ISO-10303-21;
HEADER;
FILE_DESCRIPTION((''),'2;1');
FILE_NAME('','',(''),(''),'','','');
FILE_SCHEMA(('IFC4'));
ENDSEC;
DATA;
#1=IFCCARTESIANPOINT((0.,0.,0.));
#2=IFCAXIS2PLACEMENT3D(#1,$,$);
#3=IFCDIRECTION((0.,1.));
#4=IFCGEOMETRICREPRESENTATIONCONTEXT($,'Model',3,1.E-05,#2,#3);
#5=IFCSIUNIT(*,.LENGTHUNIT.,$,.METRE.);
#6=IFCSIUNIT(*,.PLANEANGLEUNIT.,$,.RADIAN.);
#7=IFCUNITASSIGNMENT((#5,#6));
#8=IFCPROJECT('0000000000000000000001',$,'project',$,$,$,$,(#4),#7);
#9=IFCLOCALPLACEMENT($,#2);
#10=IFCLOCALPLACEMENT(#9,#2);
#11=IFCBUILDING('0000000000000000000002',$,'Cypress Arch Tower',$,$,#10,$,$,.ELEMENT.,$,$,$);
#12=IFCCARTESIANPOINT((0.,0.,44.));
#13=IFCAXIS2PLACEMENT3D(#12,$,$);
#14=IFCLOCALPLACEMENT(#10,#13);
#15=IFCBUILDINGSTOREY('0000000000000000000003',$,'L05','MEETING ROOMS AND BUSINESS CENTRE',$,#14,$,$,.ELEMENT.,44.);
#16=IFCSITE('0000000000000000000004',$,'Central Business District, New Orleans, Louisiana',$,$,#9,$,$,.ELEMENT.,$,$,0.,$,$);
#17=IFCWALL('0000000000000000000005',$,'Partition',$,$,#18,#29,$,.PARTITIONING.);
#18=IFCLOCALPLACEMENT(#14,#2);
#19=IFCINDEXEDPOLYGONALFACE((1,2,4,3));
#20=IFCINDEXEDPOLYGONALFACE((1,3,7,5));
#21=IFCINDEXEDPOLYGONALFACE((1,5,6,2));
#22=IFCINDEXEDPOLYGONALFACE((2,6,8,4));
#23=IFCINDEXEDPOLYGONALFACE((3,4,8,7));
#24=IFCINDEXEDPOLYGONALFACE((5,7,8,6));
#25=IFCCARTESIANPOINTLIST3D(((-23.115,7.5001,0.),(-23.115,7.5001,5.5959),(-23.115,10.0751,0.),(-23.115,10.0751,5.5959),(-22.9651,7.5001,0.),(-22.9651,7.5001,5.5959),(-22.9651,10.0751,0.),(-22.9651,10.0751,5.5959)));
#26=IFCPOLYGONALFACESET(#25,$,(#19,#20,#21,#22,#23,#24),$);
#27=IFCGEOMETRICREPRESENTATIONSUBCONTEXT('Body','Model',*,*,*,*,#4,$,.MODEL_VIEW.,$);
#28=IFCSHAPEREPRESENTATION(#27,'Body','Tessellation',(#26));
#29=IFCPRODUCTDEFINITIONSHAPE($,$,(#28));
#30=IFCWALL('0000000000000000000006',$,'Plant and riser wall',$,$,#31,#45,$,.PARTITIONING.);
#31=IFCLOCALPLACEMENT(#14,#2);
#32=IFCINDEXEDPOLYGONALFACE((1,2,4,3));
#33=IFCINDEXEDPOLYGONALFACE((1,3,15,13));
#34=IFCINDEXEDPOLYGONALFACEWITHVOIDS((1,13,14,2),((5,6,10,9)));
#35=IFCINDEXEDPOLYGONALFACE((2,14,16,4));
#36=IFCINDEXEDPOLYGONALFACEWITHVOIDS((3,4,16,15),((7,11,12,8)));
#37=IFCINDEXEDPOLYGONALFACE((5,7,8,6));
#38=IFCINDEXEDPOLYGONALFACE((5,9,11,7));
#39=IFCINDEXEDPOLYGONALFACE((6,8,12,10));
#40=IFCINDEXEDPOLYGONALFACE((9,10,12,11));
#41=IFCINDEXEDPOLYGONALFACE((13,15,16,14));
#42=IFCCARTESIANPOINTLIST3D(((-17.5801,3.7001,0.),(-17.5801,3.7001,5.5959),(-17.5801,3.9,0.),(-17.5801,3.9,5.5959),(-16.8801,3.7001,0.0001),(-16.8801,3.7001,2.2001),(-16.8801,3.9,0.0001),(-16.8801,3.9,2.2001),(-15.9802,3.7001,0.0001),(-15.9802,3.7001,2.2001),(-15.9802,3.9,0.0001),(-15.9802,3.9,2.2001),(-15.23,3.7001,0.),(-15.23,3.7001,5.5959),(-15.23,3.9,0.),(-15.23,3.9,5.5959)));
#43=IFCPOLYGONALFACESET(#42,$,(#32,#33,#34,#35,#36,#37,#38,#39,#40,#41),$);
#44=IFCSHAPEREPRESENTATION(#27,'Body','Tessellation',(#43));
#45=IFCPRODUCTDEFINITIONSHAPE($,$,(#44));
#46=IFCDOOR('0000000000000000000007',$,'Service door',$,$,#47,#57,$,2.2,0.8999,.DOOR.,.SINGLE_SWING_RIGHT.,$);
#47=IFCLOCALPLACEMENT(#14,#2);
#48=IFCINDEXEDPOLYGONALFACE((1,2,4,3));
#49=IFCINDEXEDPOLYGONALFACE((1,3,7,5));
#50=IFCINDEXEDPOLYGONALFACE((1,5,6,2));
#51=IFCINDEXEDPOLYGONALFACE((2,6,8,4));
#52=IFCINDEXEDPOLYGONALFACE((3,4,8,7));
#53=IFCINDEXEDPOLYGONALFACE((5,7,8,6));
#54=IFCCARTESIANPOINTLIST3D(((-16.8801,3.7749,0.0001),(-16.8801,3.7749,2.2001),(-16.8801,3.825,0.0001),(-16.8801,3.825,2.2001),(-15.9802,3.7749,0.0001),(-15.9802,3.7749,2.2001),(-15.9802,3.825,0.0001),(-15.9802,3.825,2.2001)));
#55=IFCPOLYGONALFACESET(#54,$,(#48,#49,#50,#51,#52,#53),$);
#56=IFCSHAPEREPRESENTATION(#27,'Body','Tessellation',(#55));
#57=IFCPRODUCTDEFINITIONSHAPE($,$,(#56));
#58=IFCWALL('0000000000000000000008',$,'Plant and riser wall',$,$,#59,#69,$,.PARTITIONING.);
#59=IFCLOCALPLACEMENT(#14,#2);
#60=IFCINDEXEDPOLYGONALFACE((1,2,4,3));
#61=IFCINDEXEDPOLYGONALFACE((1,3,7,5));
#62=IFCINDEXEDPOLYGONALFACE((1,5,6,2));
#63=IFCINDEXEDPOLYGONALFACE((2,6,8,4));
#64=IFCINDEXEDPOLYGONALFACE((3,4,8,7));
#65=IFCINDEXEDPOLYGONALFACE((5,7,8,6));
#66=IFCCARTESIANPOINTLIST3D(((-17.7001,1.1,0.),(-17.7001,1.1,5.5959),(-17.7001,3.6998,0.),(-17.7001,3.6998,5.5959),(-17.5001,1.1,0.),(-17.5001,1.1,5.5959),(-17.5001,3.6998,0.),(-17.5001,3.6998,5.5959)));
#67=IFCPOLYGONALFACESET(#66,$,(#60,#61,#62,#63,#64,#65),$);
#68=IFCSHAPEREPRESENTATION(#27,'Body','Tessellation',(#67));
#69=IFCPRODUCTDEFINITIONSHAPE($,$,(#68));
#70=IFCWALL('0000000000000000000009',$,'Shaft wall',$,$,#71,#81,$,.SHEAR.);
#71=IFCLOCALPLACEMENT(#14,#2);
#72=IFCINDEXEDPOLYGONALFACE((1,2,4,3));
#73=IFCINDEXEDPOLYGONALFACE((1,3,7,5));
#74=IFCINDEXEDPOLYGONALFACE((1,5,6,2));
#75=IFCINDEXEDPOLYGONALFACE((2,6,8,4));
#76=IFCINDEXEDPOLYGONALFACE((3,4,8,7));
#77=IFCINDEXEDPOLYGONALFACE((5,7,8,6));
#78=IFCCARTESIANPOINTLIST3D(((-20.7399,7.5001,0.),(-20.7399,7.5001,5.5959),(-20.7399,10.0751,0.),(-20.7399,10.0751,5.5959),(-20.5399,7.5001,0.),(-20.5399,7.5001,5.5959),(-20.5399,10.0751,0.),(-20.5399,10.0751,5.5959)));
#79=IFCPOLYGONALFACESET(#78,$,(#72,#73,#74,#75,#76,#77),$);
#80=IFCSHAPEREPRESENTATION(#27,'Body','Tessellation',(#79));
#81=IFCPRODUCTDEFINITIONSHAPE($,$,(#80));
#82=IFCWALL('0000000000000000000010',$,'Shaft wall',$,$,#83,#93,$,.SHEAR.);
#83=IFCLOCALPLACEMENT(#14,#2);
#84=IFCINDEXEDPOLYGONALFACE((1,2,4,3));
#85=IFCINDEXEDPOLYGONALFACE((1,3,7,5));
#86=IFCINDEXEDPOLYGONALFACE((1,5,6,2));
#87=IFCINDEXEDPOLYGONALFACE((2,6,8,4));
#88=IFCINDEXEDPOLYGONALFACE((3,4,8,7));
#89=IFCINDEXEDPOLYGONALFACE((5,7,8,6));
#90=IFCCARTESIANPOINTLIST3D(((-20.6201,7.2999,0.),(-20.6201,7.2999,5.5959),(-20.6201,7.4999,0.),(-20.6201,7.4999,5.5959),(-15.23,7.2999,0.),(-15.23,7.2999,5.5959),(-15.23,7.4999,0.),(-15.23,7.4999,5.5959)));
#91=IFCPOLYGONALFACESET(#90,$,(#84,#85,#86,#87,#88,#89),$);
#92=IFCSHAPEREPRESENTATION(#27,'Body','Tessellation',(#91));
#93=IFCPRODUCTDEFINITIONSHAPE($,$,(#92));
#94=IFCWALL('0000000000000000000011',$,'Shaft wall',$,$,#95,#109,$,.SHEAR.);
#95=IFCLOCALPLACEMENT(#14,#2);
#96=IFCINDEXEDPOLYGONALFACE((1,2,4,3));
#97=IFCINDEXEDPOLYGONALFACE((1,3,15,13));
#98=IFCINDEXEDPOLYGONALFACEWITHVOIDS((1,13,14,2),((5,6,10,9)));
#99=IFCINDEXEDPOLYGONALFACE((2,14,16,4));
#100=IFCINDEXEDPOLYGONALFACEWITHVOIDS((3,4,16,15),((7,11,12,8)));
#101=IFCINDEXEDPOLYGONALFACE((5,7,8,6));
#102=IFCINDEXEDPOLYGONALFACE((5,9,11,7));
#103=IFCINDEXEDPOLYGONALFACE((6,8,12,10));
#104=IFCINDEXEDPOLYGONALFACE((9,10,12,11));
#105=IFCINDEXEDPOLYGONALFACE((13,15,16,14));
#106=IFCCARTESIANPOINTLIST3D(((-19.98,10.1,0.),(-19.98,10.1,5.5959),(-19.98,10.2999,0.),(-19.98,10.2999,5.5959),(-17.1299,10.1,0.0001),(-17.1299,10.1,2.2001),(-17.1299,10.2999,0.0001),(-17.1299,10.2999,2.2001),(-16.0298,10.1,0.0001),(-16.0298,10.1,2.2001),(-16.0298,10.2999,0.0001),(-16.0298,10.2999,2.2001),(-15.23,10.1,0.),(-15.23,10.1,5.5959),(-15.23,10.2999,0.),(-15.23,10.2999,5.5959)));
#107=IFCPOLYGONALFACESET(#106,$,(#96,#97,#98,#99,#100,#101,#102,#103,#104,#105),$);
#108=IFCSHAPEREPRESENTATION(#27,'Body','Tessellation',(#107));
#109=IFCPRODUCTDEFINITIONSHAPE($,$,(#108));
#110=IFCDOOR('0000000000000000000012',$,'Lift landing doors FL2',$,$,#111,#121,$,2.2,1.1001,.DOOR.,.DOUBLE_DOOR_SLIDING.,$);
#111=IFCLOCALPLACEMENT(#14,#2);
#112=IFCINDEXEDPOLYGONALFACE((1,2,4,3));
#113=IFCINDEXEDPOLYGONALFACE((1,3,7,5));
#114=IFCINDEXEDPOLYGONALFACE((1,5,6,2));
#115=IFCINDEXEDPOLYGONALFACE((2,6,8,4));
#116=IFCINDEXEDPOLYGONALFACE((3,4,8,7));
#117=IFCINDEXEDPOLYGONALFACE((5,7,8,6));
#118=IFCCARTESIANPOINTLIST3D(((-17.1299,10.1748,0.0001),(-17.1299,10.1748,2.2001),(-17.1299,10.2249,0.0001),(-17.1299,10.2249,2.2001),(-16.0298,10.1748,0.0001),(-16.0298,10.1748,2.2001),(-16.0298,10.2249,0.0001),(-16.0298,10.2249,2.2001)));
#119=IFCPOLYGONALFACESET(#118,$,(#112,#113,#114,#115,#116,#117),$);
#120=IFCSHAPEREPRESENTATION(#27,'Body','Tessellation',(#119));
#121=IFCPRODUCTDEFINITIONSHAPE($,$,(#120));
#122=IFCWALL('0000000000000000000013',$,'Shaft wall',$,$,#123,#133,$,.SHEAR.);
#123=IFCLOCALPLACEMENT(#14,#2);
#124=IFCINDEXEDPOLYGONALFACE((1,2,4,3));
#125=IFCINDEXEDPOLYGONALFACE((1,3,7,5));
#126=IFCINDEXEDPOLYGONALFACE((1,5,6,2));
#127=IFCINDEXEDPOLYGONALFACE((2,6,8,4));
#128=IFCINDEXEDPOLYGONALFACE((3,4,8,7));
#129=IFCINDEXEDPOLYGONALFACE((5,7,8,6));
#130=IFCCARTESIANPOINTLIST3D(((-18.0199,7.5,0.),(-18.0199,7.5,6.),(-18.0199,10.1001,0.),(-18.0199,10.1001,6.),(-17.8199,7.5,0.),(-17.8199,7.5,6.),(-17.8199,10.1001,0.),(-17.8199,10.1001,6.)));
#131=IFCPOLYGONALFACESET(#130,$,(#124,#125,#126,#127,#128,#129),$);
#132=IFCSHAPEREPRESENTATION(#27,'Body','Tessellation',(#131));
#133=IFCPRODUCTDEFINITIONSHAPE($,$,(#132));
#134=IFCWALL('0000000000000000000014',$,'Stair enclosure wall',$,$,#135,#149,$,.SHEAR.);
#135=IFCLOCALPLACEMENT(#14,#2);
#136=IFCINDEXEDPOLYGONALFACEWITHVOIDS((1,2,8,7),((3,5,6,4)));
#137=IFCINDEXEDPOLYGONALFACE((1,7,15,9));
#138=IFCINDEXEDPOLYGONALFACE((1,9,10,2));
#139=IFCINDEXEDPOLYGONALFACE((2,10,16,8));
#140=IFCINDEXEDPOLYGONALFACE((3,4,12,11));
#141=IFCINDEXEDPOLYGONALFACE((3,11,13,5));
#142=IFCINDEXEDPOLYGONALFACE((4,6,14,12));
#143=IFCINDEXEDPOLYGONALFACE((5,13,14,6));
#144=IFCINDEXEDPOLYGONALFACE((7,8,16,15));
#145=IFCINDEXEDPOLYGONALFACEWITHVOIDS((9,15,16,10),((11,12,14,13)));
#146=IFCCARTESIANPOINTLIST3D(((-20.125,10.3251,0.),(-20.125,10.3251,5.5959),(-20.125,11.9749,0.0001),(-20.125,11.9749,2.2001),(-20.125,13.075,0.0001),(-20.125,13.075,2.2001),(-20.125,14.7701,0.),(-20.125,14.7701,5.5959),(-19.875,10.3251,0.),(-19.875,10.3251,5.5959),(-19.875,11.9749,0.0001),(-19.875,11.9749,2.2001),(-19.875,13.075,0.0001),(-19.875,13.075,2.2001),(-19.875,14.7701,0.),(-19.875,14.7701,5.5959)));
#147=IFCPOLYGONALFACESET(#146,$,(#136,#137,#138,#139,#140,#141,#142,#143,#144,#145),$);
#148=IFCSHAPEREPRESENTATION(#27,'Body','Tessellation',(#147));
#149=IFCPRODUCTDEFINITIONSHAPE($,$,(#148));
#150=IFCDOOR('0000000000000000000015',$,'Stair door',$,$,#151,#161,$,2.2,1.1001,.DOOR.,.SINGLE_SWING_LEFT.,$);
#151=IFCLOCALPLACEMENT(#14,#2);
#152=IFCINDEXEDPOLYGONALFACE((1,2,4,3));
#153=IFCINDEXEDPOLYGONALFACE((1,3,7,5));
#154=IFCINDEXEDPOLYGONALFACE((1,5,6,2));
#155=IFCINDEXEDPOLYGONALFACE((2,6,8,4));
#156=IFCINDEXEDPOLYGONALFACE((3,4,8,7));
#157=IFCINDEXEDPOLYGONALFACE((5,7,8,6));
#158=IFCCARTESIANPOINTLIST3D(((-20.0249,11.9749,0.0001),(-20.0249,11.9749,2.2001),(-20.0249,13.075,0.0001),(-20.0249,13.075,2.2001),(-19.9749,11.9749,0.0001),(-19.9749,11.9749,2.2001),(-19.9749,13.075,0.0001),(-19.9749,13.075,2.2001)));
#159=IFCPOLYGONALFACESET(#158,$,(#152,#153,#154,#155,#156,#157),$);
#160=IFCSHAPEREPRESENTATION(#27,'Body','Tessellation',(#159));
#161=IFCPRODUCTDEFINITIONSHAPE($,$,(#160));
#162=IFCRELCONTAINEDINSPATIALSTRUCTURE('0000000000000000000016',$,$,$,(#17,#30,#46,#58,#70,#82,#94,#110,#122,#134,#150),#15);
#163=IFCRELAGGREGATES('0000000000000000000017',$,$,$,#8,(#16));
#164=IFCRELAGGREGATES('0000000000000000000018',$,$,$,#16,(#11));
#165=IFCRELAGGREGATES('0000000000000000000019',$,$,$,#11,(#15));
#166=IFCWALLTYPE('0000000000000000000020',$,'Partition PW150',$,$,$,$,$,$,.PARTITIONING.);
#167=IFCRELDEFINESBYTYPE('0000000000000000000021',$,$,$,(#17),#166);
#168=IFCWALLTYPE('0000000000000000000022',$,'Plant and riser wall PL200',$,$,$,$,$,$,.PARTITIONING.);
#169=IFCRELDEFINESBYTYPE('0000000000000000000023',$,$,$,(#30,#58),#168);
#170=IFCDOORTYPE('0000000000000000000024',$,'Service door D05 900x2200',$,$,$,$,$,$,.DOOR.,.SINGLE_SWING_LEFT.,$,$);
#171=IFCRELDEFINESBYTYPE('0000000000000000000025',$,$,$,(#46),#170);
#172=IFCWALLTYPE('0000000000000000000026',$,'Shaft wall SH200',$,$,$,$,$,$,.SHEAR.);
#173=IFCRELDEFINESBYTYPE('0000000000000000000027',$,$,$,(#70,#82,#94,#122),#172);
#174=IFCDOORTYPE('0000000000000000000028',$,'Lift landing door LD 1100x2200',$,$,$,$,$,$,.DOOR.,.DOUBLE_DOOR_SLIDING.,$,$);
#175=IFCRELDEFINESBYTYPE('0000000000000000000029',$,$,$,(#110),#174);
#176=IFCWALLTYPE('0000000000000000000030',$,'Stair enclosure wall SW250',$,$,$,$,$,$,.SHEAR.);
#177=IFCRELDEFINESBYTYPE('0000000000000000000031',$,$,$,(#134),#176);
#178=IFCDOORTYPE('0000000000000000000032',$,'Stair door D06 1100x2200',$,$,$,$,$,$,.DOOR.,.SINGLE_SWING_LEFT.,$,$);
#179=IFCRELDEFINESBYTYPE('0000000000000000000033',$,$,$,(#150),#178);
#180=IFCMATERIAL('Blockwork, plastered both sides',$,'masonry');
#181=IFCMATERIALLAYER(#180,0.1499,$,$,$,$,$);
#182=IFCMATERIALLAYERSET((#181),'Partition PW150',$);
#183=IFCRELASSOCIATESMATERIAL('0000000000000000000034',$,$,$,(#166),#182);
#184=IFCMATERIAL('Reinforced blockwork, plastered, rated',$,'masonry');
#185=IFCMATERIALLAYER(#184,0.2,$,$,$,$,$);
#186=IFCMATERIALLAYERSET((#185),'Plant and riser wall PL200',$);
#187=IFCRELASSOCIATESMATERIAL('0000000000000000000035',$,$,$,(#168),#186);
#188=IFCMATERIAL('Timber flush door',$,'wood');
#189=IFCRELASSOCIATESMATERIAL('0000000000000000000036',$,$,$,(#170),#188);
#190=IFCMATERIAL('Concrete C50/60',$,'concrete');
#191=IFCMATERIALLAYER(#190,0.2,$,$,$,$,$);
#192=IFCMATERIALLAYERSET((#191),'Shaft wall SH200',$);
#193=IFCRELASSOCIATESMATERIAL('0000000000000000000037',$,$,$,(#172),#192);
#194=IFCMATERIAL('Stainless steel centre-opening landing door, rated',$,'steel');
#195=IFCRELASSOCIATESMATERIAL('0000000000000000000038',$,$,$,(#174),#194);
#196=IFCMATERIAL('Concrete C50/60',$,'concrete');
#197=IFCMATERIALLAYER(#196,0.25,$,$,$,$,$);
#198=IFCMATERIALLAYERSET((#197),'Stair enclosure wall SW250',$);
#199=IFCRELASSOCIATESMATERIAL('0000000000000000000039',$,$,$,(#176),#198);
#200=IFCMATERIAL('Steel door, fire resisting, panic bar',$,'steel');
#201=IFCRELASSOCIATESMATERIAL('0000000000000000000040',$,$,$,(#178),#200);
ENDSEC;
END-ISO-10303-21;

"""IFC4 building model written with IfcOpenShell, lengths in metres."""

from ifc_helpers import new_model, si_unit, direction, frame, frame_2d, origin, place, context, subcontext, project, spatial, rectangle, extrude, material, layer, layer_set, type_object, element, fill, save


model = new_model("IFC4")

# Units and contexts
model_context = context("Model", 3, precision=1e-05, world=origin(), true_north=direction((0.0, 1.0)))
body_context = subcontext(model_context, "Body", "Model", "MODEL_VIEW")
ifc_project = project(units=[si_unit("LENGTHUNIT", "METRE"), si_unit("PLANEANGLEUNIT", "RADIAN")], contexts=[model_context])

# Site, building, storey
site_placement = place(None, origin())
site = spatial("IfcSite", under=ifc_project, at=site_placement, Name="Central Business District, New Orleans, Louisiana", CompositionType="ELEMENT", RefElevation=0.0)
building_placement = place(site_placement, origin())
building = spatial("IfcBuilding", under=site, at=building_placement, Name="Cypress Arch Tower", CompositionType="ELEMENT")
storey_placement = place(building_placement, frame((0.0, 0.0, 44.0)))
storey = spatial("IfcBuildingStorey", under=building, at=storey_placement, Name="L05", Description="MEETING ROOMS AND BUSINESS CENTRE", CompositionType="ELEMENT", Elevation=44.0)

# Wall
ifc_material_1 = material(Name="Blockwork, plastered both sides", Category="masonry")
ifc_layer_1 = layer(ifc_material_1, 0.1499)
ifc_layer_set_1 = layer_set([ifc_layer_1], Name="Partition PW150")
wall_type_1 = type_object("IfcWallType", Name="Partition PW150", PredefinedType="PARTITIONING", material=ifc_layer_set_1)
wall_1_placement = place(storey_placement, frame((-23.04, 7.5, 0.0), z_axis=(0.0, 0.0, 1.0), x_axis=(0.0, 1.0, 0.0)))
element("IfcWall", 1, at=wall_1_placement, inside=storey, type_object=wall_type_1, Name="Partition", PredefinedType="PARTITIONING", context=body_context, shape_type="SweptSolid", body=[
    extrude(rectangle(XDim=2.575, YDim=0.1499, at=frame_2d((1.2876, 0.0))), origin(), (0.0, 0.0, 1.0), 5.5959),
])

# Wall, opening, door
ifc_material_2 = material(Name="Reinforced blockwork, plastered, rated", Category="masonry")
ifc_layer_2 = layer(ifc_material_2, 0.2)
ifc_layer_set_2 = layer_set([ifc_layer_2], Name="Plant and riser wall PL200")
wall_type_2 = type_object("IfcWallType", Name="Plant and riser wall PL200", PredefinedType="PARTITIONING", material=ifc_layer_set_2)
wall_2_placement = place(storey_placement, frame((-17.5801, 3.8, 0.0), z_axis=(0.0, 0.0, 1.0), x_axis=(1.0, 0.0, 0.0)))
wall_2 = element("IfcWall", 2, at=wall_2_placement, inside=storey, type_object=wall_type_2, Name="Plant and riser wall", PredefinedType="PARTITIONING", context=body_context, shape_type="SweptSolid", body=[
    extrude(rectangle(XDim=2.3501, YDim=0.2, at=frame_2d((1.175, 0.0))), origin(), (0.0, 0.0, 1.0), 5.5959),
])
opening_1_placement = place(wall_2_placement, frame((0.7, 0.0, 0.0)))
opening_1 = element("IfcOpeningElement", 3, at=opening_1_placement, cuts=wall_2, PredefinedType="OPENING", context=body_context, shape_type="SweptSolid", body=[
    extrude(rectangle(XDim=0.8999, YDim=2.2, at=frame_2d((0.45, 1.1001))), frame((0.0, 0.1099, 0.0), z_axis=(0.0, -1.0, 0.0), x_axis=(1.0, 0.0, 0.0)), (0.0, 0.0, 1.0), 0.22),
])
ifc_material_3 = material(Name="Timber flush door", Category="wood")
door_type_1 = type_object("IfcDoorType", Name="Service door D05 900x2200", OperationType="SINGLE_SWING_LEFT", PredefinedType="DOOR", material=ifc_material_3)
door_1_placement = place(opening_1_placement, origin())
door_1 = element("IfcDoor", 4, at=door_1_placement, inside=storey, type_object=door_type_1, Name="Service door", OperationType="SINGLE_SWING_RIGHT", OverallHeight=2.2, OverallWidth=0.8999, PredefinedType="DOOR", context=body_context, shape_type="SweptSolid", body=[
    extrude(rectangle(XDim=0.8999, YDim=2.2, at=frame_2d((0.45, 1.1001))), frame((0.0, 0.0249, 0.0), z_axis=(0.0, -1.0, 0.0), x_axis=(1.0, 0.0, 0.0)), (0.0, 0.0, 1.0), 0.05),
])
fill(opening_1, door_1)

# Walls
wall_3_placement = place(storey_placement, frame((-17.6001, 1.1001, 0.0), z_axis=(0.0, 0.0, 1.0), x_axis=(0.0, 1.0, 0.0)))
element("IfcWall", 5, at=wall_3_placement, inside=storey, type_object=wall_type_2, Name="Plant and riser wall", PredefinedType="PARTITIONING", context=body_context, shape_type="SweptSolid", body=[
    extrude(rectangle(XDim=2.5999, YDim=0.2, at=frame_2d((1.2998, 0.0))), origin(), (0.0, 0.0, 1.0), 5.5959),
])
ifc_material_4 = material(Name="Concrete C50/60", Category="concrete")
ifc_layer_3 = layer(ifc_material_4, 0.2)
ifc_layer_set_3 = layer_set([ifc_layer_3], Name="Shaft wall SH200")
wall_type_3 = type_object("IfcWallType", Name="Shaft wall SH200", PredefinedType="SHEAR", material=ifc_layer_set_3)
wall_4_placement = place(storey_placement, frame((-20.6399, 7.5, 0.0), z_axis=(0.0, 0.0, 1.0), x_axis=(0.0, 1.0, 0.0)))
element("IfcWall", 6, at=wall_4_placement, inside=storey, type_object=wall_type_3, Name="Shaft wall", PredefinedType="SHEAR", context=body_context, shape_type="SweptSolid", body=[
    extrude(rectangle(XDim=2.575, YDim=0.2, at=frame_2d((1.2876, 0.0))), origin(), (0.0, 0.0, 1.0), 5.5959),
])
wall_5_placement = place(storey_placement, frame((-20.6201, 7.3999, 0.0), z_axis=(0.0, 0.0, 1.0), x_axis=(1.0, 0.0, 0.0)))
element("IfcWall", 7, at=wall_5_placement, inside=storey, type_object=wall_type_3, Name="Shaft wall", PredefinedType="SHEAR", context=body_context, shape_type="SweptSolid", body=[
    extrude(rectangle(XDim=5.3901, YDim=0.2, at=frame_2d((2.6951, 0.0))), origin(), (0.0, 0.0, 1.0), 5.5959),
])

# Wall, opening, door
wall_6_placement = place(storey_placement, frame((-19.98, 10.2, 0.0), z_axis=(0.0, 0.0, 1.0), x_axis=(1.0, 0.0, 0.0)))
wall_6 = element("IfcWall", 8, at=wall_6_placement, inside=storey, type_object=wall_type_3, Name="Shaft wall", PredefinedType="SHEAR", context=body_context, shape_type="SweptSolid", body=[
    extrude(rectangle(XDim=4.75, YDim=0.2, at=frame_2d((2.375, 0.0))), origin(), (0.0, 0.0, 1.0), 5.5959),
])
opening_2_placement = place(wall_6_placement, frame((2.8501, 0.0, 0.0)))
opening_2 = element("IfcOpeningElement", 9, at=opening_2_placement, cuts=wall_6, PredefinedType="OPENING", context=body_context, shape_type="SweptSolid", body=[
    extrude(rectangle(XDim=1.1001, YDim=2.2, at=frame_2d((0.55, 1.1001))), frame((0.0, 0.1099, 0.0), z_axis=(0.0, -1.0, 0.0), x_axis=(1.0, 0.0, 0.0)), (0.0, 0.0, 1.0), 0.22),
])
ifc_material_5 = material(Name="Stainless steel centre-opening landing door, rated", Category="steel")
door_type_2 = type_object("IfcDoorType", Name="Lift landing door LD 1100x2200", OperationType="DOUBLE_DOOR_SLIDING", PredefinedType="DOOR", material=ifc_material_5)
door_2_placement = place(opening_2_placement, origin())
door_2 = element("IfcDoor", 10, at=door_2_placement, inside=storey, type_object=door_type_2, Name="Lift landing doors FL2", OperationType="DOUBLE_DOOR_SLIDING", OverallHeight=2.2, OverallWidth=1.1001, PredefinedType="DOOR", context=body_context, shape_type="SweptSolid", body=[
    extrude(rectangle(XDim=1.1001, YDim=2.2, at=frame_2d((0.55, 1.1001))), frame((0.0, 0.0249, 0.0), z_axis=(0.0, -1.0, 0.0), x_axis=(1.0, 0.0, 0.0)), (0.0, 0.0, 1.0), 0.05),
])
fill(opening_2, door_2)

# Wall
wall_7_placement = place(storey_placement, frame((-17.9199, 7.5, 0.0), z_axis=(0.0, 0.0, 1.0), x_axis=(0.0, 1.0, 0.0)))
element("IfcWall", 11, at=wall_7_placement, inside=storey, type_object=wall_type_3, Name="Shaft wall", PredefinedType="SHEAR", context=body_context, shape_type="SweptSolid", body=[
    extrude(rectangle(XDim=2.6001, YDim=0.2, at=frame_2d((1.3, 0.0))), origin(), (0.0, 0.0, 1.0), 6.0),
])

# Wall, opening, door
ifc_material_6 = material(Name="Concrete C50/60", Category="concrete")
ifc_layer_4 = layer(ifc_material_6, 0.25)
ifc_layer_set_4 = layer_set([ifc_layer_4], Name="Stair enclosure wall SW250")
wall_type_4 = type_object("IfcWallType", Name="Stair enclosure wall SW250", PredefinedType="SHEAR", material=ifc_layer_set_4)
wall_8_placement = place(storey_placement, frame((-20.0, 10.325, 0.0), z_axis=(0.0, 0.0, 1.0), x_axis=(0.0, 1.0, 0.0)))
wall_8 = element("IfcWall", 12, at=wall_8_placement, inside=storey, type_object=wall_type_4, Name="Stair enclosure wall", PredefinedType="SHEAR", context=body_context, shape_type="SweptSolid", body=[
    extrude(rectangle(XDim=4.4451, YDim=0.25, at=frame_2d((2.2227, 0.0))), origin(), (0.0, 0.0, 1.0), 5.5959),
])
opening_3_placement = place(wall_8_placement, frame((1.6499, 0.0, 0.0)))
opening_3 = element("IfcOpeningElement", 13, at=opening_3_placement, cuts=wall_8, PredefinedType="OPENING", context=body_context, shape_type="SweptSolid", body=[
    extrude(rectangle(XDim=1.1001, YDim=2.2, at=frame_2d((0.55, 1.1001))), frame((0.0, 0.135, 0.0), z_axis=(0.0, -1.0, 0.0), x_axis=(1.0, 0.0, 0.0)), (0.0, 0.0, 1.0), 0.27),
])
ifc_material_7 = material(Name="Steel door, fire resisting, panic bar", Category="steel")
door_type_3 = type_object("IfcDoorType", Name="Stair door D06 1100x2200", OperationType="SINGLE_SWING_LEFT", PredefinedType="DOOR", material=ifc_material_7)
door_3_placement = place(opening_3_placement, origin())
door_3 = element("IfcDoor", 14, at=door_3_placement, inside=storey, type_object=door_type_3, Name="Stair door", OperationType="SINGLE_SWING_LEFT", OverallHeight=2.2, OverallWidth=1.1001, PredefinedType="DOOR", context=body_context, shape_type="SweptSolid", body=[
    extrude(rectangle(XDim=1.1001, YDim=2.2, at=frame_2d((0.55, 1.1001))), frame((0.0, 0.0249, 0.0), z_axis=(0.0, -1.0, 0.0), x_axis=(1.0, 0.0, 0.0)), (0.0, 0.0, 1.0), 0.05),
])
fill(opening_3, door_3)

save(model, "model.ifc")
